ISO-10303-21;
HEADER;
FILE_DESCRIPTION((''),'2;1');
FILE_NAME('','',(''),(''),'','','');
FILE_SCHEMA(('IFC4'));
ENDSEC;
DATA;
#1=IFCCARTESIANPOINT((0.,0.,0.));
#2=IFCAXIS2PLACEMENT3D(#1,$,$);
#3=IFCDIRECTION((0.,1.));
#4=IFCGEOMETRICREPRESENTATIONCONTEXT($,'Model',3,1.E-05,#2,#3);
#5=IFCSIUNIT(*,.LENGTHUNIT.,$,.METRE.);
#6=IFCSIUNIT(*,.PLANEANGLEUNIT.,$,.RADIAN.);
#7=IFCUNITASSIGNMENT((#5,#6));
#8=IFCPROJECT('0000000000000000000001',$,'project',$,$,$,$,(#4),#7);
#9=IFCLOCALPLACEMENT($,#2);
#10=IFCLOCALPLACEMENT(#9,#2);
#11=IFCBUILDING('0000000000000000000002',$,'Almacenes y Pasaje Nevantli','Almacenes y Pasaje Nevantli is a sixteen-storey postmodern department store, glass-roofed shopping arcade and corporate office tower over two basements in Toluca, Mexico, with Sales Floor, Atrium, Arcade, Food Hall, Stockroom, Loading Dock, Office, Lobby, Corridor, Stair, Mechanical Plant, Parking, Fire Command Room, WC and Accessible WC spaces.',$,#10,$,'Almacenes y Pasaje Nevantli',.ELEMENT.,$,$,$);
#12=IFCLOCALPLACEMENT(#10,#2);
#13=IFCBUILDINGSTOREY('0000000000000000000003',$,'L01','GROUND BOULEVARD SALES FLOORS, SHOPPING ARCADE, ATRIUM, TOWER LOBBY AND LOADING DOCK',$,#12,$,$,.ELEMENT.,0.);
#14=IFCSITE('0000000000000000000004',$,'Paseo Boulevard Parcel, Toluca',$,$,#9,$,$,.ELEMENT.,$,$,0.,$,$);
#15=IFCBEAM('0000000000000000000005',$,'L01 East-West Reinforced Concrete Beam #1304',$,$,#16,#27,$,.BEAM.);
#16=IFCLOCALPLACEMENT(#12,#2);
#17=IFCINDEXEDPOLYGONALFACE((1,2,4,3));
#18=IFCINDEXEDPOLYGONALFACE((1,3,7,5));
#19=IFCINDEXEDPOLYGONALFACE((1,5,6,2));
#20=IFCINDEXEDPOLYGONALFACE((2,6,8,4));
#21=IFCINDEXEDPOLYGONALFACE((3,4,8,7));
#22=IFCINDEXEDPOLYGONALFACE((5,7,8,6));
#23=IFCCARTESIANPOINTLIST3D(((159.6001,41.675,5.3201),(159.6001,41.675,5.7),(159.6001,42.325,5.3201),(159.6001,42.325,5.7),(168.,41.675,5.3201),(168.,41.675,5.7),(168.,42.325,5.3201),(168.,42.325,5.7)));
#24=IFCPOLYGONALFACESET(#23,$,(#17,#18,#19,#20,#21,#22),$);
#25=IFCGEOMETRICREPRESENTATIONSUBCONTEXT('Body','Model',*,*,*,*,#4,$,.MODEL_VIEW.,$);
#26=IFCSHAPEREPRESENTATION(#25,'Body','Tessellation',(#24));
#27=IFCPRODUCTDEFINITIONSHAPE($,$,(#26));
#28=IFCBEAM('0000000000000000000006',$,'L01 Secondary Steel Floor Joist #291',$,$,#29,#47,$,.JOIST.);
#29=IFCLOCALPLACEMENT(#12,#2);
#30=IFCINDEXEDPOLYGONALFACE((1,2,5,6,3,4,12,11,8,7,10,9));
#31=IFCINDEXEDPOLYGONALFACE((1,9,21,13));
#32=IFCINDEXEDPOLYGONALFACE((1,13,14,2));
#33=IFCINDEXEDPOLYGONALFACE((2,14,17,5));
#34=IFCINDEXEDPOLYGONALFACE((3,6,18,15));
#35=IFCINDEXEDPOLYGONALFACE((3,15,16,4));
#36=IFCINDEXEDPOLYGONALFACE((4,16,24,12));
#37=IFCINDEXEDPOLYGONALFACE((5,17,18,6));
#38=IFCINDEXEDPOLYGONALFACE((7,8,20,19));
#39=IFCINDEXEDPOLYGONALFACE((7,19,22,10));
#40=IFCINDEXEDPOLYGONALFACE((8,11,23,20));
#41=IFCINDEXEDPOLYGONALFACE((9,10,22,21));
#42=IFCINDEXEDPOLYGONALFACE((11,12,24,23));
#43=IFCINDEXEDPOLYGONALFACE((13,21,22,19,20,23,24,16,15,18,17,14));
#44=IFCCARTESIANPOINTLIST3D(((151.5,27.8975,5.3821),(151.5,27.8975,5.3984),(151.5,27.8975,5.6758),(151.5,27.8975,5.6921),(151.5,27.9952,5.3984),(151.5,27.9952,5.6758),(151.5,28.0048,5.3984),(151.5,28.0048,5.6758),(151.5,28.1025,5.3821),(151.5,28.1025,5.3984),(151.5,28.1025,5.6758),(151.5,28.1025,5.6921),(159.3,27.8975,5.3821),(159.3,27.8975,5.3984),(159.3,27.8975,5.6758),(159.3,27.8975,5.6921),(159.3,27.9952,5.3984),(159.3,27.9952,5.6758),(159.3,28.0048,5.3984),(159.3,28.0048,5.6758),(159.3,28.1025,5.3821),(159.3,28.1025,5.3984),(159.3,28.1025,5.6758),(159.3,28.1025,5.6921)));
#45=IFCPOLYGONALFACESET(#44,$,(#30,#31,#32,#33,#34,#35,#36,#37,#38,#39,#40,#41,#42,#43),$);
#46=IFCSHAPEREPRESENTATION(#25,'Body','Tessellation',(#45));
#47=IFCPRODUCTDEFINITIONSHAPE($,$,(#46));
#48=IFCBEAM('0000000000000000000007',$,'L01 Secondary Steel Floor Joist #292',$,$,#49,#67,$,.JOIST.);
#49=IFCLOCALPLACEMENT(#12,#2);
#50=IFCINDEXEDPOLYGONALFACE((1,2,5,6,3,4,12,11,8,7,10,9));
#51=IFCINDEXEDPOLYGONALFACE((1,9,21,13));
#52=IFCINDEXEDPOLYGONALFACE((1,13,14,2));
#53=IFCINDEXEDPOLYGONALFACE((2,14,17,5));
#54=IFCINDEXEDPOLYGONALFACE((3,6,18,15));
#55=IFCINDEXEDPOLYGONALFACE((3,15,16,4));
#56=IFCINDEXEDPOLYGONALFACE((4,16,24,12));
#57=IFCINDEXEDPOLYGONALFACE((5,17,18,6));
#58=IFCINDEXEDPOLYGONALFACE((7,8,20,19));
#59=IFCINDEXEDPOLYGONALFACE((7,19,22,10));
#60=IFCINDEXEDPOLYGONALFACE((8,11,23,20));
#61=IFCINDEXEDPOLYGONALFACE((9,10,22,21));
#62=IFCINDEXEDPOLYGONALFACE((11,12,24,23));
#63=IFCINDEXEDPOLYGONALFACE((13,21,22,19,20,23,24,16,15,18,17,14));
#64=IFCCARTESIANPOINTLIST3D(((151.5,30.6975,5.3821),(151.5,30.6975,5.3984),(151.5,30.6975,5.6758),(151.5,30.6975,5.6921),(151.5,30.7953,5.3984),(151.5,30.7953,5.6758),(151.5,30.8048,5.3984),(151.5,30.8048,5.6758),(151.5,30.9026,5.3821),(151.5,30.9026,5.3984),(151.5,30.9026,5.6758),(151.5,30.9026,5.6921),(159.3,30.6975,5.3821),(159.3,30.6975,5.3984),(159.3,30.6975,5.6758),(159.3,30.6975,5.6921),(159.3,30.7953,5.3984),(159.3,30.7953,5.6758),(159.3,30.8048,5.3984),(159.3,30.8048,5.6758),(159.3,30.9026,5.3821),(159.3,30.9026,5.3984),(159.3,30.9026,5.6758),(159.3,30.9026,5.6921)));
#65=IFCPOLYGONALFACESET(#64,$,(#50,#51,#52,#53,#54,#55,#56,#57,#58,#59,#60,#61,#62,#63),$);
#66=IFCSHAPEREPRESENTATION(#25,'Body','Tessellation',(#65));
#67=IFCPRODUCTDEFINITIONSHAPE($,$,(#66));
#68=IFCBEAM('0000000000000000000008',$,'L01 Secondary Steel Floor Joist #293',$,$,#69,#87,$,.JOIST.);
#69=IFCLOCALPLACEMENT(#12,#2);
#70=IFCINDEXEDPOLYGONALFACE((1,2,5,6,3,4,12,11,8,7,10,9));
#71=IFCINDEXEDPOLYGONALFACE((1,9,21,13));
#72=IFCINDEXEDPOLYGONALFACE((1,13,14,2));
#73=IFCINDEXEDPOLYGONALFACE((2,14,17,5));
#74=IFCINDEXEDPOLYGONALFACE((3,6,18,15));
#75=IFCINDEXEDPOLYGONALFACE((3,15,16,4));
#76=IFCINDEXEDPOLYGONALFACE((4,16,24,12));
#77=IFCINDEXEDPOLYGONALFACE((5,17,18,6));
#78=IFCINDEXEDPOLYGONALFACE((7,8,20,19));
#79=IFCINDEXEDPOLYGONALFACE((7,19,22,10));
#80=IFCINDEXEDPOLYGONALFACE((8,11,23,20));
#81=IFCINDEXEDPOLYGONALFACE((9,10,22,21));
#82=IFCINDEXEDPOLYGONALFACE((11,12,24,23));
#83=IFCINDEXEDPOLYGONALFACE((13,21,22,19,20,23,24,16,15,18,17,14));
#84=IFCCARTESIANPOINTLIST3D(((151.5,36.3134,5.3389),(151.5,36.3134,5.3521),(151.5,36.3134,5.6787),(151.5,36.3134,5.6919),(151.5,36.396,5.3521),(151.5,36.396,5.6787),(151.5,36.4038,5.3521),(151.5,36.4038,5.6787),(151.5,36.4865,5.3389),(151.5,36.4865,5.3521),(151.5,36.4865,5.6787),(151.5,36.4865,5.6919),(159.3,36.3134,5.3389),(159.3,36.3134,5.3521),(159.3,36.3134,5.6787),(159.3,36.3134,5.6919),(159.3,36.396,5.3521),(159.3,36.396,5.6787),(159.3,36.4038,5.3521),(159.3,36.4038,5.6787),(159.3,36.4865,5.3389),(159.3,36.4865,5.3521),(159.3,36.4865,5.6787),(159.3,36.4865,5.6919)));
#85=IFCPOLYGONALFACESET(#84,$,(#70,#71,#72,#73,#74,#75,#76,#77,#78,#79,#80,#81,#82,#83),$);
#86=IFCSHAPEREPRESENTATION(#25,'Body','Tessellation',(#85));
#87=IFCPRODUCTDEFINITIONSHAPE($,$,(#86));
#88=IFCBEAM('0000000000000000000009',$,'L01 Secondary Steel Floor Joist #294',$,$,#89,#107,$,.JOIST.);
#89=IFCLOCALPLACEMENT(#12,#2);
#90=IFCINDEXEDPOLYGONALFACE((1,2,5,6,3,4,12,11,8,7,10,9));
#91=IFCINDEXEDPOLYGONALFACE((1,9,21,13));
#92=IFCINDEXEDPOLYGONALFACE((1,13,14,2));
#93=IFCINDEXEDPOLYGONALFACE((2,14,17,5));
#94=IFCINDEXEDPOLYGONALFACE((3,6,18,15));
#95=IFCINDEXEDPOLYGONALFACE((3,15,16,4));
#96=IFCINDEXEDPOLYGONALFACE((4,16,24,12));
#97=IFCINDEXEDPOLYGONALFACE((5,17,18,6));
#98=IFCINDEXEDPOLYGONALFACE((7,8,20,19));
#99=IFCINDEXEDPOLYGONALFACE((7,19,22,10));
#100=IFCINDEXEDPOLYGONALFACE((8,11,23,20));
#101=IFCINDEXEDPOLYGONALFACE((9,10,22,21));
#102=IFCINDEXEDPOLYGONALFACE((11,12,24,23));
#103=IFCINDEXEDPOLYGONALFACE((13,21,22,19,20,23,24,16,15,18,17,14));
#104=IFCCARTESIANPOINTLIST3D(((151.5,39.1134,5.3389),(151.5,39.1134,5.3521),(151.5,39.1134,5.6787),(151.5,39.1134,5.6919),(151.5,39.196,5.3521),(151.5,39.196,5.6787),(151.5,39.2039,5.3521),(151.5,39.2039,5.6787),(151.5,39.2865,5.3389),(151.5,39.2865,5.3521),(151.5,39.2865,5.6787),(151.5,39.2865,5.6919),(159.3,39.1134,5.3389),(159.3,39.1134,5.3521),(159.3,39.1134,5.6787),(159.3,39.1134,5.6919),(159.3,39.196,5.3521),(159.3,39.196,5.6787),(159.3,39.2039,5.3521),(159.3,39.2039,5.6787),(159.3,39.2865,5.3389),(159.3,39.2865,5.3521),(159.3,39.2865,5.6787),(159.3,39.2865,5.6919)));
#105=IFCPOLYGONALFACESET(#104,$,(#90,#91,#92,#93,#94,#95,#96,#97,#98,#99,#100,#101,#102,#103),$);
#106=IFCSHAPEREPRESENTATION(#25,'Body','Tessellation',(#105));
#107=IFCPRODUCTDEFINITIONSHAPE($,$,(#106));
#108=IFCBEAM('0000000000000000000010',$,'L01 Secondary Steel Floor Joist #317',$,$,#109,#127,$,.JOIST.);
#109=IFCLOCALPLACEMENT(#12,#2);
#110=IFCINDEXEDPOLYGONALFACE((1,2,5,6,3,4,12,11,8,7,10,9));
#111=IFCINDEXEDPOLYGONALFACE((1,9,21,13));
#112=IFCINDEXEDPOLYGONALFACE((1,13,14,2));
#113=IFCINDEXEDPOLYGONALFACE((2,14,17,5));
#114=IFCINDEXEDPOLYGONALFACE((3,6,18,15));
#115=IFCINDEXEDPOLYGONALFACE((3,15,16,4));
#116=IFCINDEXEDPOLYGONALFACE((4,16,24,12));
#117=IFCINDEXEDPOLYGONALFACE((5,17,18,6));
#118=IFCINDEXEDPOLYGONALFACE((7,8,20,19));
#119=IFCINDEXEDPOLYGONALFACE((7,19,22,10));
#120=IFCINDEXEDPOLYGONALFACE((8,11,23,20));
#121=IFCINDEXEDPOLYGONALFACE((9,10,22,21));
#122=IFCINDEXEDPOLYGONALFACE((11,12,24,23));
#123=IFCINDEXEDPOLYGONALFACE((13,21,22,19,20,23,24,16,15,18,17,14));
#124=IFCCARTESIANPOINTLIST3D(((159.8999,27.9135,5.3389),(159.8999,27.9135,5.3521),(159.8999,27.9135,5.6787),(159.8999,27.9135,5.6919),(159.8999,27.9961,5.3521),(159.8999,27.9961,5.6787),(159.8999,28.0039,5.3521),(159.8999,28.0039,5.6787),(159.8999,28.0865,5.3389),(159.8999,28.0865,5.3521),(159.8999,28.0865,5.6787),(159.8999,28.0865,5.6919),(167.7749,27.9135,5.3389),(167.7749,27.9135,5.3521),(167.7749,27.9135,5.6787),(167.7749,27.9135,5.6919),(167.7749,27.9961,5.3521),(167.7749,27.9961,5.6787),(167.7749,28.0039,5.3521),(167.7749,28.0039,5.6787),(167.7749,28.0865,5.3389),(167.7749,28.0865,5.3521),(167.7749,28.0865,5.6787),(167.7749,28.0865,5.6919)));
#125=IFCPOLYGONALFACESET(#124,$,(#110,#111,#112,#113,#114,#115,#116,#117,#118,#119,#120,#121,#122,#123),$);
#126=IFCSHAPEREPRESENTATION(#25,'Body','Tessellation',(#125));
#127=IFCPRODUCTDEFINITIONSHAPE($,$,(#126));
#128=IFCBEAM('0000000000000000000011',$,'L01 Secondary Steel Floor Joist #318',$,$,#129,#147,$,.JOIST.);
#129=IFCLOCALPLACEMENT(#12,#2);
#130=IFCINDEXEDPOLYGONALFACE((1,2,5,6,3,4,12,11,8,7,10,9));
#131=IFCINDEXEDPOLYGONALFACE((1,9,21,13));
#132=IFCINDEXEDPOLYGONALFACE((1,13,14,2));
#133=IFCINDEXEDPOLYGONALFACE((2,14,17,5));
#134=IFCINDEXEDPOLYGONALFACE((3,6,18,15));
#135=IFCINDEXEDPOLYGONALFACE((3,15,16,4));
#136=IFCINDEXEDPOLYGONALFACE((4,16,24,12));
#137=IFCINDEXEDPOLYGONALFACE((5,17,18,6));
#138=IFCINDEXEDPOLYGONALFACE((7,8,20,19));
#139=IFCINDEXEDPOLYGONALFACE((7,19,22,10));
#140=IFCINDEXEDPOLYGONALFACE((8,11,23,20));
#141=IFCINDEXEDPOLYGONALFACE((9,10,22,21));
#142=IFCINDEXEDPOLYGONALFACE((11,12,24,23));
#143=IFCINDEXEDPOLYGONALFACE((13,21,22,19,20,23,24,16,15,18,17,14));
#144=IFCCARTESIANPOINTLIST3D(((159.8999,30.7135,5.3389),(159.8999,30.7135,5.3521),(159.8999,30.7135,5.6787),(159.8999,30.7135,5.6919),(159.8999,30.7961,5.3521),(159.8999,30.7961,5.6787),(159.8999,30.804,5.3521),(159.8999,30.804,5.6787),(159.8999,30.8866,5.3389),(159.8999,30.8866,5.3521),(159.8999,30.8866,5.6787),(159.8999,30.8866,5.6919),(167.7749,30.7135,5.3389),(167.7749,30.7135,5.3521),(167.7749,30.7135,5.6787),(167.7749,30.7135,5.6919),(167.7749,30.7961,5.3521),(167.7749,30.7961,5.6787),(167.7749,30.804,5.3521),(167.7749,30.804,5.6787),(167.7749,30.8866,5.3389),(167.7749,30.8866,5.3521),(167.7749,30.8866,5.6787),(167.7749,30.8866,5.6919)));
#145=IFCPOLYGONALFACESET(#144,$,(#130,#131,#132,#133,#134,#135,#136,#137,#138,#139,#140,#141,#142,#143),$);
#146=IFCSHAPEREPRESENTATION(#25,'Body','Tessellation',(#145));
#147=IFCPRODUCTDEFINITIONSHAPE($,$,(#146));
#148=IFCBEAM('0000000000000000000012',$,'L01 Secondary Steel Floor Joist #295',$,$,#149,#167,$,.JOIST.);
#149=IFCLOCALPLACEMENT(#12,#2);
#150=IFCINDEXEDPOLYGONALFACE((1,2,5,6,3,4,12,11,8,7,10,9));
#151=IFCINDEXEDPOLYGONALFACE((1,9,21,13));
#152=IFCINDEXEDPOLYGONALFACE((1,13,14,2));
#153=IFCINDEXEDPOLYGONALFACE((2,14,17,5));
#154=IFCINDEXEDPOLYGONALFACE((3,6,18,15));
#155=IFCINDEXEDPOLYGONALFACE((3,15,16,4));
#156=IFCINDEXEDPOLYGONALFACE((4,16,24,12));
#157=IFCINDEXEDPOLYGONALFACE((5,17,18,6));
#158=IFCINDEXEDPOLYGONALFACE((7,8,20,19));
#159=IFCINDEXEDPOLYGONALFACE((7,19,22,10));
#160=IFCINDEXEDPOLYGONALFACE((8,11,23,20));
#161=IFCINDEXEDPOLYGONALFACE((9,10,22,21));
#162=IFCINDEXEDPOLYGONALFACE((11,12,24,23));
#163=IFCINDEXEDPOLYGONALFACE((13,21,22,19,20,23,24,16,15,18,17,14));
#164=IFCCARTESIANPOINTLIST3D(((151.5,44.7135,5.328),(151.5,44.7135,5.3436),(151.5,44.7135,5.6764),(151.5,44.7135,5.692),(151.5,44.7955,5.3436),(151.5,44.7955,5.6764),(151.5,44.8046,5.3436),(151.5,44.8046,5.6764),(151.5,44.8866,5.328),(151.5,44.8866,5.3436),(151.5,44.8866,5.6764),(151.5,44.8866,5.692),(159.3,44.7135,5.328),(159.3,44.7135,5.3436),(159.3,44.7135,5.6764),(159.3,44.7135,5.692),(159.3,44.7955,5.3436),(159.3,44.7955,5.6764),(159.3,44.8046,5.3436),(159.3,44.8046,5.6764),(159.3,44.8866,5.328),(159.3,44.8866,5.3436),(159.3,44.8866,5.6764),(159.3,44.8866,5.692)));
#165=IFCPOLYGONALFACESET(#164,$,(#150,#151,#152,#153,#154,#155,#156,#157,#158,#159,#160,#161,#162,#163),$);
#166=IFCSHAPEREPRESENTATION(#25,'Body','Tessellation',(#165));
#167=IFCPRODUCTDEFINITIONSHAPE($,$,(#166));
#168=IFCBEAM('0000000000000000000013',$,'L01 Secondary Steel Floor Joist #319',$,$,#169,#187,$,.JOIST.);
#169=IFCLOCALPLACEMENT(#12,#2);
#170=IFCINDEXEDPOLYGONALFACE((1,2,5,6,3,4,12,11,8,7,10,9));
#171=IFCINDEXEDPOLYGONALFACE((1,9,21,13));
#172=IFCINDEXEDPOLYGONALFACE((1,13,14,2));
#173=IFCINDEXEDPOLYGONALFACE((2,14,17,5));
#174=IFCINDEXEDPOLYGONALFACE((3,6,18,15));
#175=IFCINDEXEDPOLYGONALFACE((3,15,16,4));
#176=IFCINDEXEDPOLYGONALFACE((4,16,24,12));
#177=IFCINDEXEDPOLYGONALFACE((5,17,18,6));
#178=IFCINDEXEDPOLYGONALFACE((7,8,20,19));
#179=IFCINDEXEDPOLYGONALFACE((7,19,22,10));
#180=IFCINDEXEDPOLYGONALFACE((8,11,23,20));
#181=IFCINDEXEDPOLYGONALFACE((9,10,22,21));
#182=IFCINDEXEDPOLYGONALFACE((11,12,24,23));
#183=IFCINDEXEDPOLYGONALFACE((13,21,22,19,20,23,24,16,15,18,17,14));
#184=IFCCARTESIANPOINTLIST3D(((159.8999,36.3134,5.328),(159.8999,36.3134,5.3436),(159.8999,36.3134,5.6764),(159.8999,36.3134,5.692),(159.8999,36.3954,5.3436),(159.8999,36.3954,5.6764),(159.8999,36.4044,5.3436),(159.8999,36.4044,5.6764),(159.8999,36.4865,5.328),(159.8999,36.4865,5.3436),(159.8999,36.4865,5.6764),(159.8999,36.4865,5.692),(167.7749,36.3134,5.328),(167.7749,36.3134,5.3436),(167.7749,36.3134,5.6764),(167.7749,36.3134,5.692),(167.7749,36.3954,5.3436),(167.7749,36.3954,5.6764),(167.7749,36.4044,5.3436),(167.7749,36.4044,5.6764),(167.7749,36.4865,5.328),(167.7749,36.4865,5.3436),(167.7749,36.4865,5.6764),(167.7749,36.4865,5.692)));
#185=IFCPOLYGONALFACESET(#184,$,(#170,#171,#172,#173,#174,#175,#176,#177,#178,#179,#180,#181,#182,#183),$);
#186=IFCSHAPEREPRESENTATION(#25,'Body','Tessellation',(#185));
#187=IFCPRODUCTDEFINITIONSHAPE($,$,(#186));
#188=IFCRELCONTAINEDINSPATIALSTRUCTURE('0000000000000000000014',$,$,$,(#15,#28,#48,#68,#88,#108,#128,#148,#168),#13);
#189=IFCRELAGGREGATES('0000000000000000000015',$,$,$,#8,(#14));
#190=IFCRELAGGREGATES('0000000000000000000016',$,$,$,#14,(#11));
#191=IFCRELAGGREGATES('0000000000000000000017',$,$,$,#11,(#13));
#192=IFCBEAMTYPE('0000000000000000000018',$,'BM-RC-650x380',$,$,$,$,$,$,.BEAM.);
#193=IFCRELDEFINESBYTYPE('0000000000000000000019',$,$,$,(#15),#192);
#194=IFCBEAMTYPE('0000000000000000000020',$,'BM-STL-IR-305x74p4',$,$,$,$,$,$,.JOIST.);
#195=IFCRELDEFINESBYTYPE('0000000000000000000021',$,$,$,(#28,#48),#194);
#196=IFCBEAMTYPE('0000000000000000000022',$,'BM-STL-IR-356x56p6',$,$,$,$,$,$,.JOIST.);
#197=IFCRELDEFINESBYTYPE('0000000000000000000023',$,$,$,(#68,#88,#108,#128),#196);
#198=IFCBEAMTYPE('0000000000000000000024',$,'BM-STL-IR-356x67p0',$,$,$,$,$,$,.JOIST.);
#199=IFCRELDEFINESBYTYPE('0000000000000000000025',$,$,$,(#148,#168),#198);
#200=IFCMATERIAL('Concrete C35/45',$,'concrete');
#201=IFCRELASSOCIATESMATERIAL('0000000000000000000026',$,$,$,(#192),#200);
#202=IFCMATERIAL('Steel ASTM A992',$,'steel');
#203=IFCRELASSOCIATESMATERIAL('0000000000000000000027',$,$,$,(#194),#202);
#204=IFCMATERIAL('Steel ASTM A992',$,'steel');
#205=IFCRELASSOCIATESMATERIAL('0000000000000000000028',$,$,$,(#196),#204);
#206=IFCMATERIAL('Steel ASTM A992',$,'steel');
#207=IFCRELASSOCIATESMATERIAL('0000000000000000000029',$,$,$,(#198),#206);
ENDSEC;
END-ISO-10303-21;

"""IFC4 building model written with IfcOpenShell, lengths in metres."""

from ifc_helpers import new_model, si_unit, direction, frame, origin, origin_2d, place, context, subcontext, project, spatial, rectangle, i_section, extrude, material, material_profile, profile_set, type_object, element, save


model = new_model("IFC4")

# Units and contexts
model_context = context("Model", 3, precision=1e-05, world=origin(), true_north=direction((0.0, 1.0)))
body_context = subcontext(model_context, "Body", "Model", "MODEL_VIEW")
ifc_project = project(units=[si_unit("LENGTHUNIT", "METRE"), si_unit("PLANEANGLEUNIT", "RADIAN")], contexts=[model_context])

# Site, building, storey
site_placement = place(None, origin())
site = spatial("IfcSite", under=ifc_project, at=site_placement, Name="Paseo Boulevard Parcel, Toluca", CompositionType="ELEMENT", RefElevation=0.0)
building_placement = place(site_placement, origin())
building = spatial("IfcBuilding", under=site, at=building_placement, Name="Almacenes y Pasaje Nevantli", Description="Almacenes y Pasaje Nevantli is a sixteen-storey postmodern department store, glass-roofed shopping arcade and corporate office tower over two basements in Toluca, Mexico, with Sales Floor, Atrium, Arcade, Food Hall, Stockroom, Loading Dock, Office, Lobby, Corridor, Stair, Mechanical Plant, Parking, Fire Command Room, WC and Accessible WC spaces.", LongName="Almacenes y Pasaje Nevantli", CompositionType="ELEMENT")
storey_placement = place(building_placement, origin())
storey = spatial("IfcBuildingStorey", under=building, at=storey_placement, Name="L01", Description="GROUND BOULEVARD SALES FLOORS, SHOPPING ARCADE, ATRIUM, TOWER LOBBY AND LOADING DOCK", CompositionType="ELEMENT", Elevation=0.0)

# Beams
ifc_material_1 = material(Name="Concrete C35/45", Category="concrete")
ifc_material_profile_1 = material_profile(ifc_material_1, rectangle(XDim=0.6499, YDim=0.3799, at=origin_2d()), Name="RC-BM-650x380")
ifc_profile_set_1 = profile_set([ifc_material_profile_1], Name="Concrete C35/45")
beam_type_1 = type_object("IfcBeamType", Name="BM-RC-650x380", PredefinedType="BEAM", material=ifc_profile_set_1)
beam_1_placement = place(storey_placement, frame((159.6001, 42.0, 5.51), z_axis=(1.0, 0.0, 0.0), x_axis=(0.0, 1.0, 0.0)))
element("IfcBeam", 1, at=beam_1_placement, inside=storey, type_object=beam_type_1, Name="L01 East-West Reinforced Concrete Beam #1304", PredefinedType="BEAM", context=body_context, shape_type="SweptSolid", body=[
    extrude(rectangle(XDim=0.6499, YDim=0.3799, at=origin_2d()), origin(), (0.0, 0.0, 1.0), 8.3999),
])
ifc_material_2 = material(Name="Steel ASTM A992", Category="steel")
ifc_material_profile_2 = material_profile(ifc_material_2, i_section(OverallWidth=0.2051, OverallDepth=0.3101, WebThickness=0.0095, FlangeThickness=0.0164, at=origin_2d()), Name="IR 305x74.4")
ifc_profile_set_2 = profile_set([ifc_material_profile_2], Name="Steel ASTM A992")
beam_type_2 = type_object("IfcBeamType", Name="BM-STL-IR-305x74p4", PredefinedType="JOIST", material=ifc_profile_set_2)
for number, where, z_axis, x_axis, name in (
    (2, (151.5, 28.0, 5.5371), (1.0, 0.0, 0.0), (0.0, 1.0, 0.0), "L01 Secondary Steel Floor Joist #291"),
    (3, (151.5, 30.8, 5.5371), (1.0, 0.0, 0.0), (0.0, 1.0, 0.0), "L01 Secondary Steel Floor Joist #292"),
):
    element("IfcBeam", number, at=place(storey_placement, frame(where, z_axis=z_axis, x_axis=x_axis)), inside=storey, type_object=beam_type_2, Name=name, PredefinedType="JOIST", context=body_context, shape_type="SweptSolid", body=[
        extrude(i_section(OverallWidth=0.2051, OverallDepth=0.3101, WebThickness=0.0095, FlangeThickness=0.0164, at=origin_2d()), origin(), (0.0, 0.0, 1.0), 7.8),
    ])
ifc_material_3 = material(Name="Steel ASTM A992", Category="steel")
ifc_material_profile_3 = material_profile(ifc_material_3, i_section(OverallWidth=0.1731, OverallDepth=0.353, WebThickness=0.0078, FlangeThickness=0.0132, at=origin_2d()), Name="IR 356x56.6")
ifc_profile_set_3 = profile_set([ifc_material_profile_3], Name="Steel ASTM A992")
beam_type_3 = type_object("IfcBeamType", Name="BM-STL-IR-356x56p6", PredefinedType="JOIST", material=ifc_profile_set_3)
for number, where, z_axis, x_axis, name in (
    (4, (151.5, 36.3999, 5.5154), (1.0, 0.0, 0.0), (0.0, 1.0, 0.0), "L01 Secondary Steel Floor Joist #293"),
    (5, (151.5, 39.2, 5.5154), (1.0, 0.0, 0.0), (0.0, 1.0, 0.0), "L01 Secondary Steel Floor Joist #294"),
):
    element("IfcBeam", number, at=place(storey_placement, frame(where, z_axis=z_axis, x_axis=x_axis)), inside=storey, type_object=beam_type_3, Name=name, PredefinedType="JOIST", context=body_context, shape_type="SweptSolid", body=[
        extrude(i_section(OverallWidth=0.1731, OverallDepth=0.353, WebThickness=0.0078, FlangeThickness=0.0132, at=origin_2d()), origin(), (0.0, 0.0, 1.0), 7.8),
    ])
for number, where, z_axis, x_axis, name in (
    (6, (159.8999, 28.0, 5.5154), (1.0, 0.0, 0.0), (0.0, 1.0, 0.0), "L01 Secondary Steel Floor Joist #317"),
    (7, (159.8999, 30.8, 5.5154), (1.0, 0.0, 0.0), (0.0, 1.0, 0.0), "L01 Secondary Steel Floor Joist #318"),
):
    element("IfcBeam", number, at=place(storey_placement, frame(where, z_axis=z_axis, x_axis=x_axis)), inside=storey, type_object=beam_type_3, Name=name, PredefinedType="JOIST", context=body_context, shape_type="SweptSolid", body=[
        extrude(i_section(OverallWidth=0.1731, OverallDepth=0.353, WebThickness=0.0078, FlangeThickness=0.0132, at=origin_2d()), origin(), (0.0, 0.0, 1.0), 7.875),
    ])
ifc_material_4 = material(Name="Steel ASTM A992", Category="steel")
ifc_material_profile_4 = material_profile(ifc_material_4, i_section(OverallWidth=0.1731, OverallDepth=0.364, WebThickness=0.009, FlangeThickness=0.0156, at=origin_2d()), Name="IR 356x67.0")
ifc_profile_set_4 = profile_set([ifc_material_profile_4], Name="Steel ASTM A992")
beam_type_4 = type_object("IfcBeamType", Name="BM-STL-IR-356x67p0", PredefinedType="JOIST", material=ifc_profile_set_4)
beam_2_placement = place(storey_placement, frame((151.5, 44.8, 5.51), z_axis=(1.0, 0.0, 0.0), x_axis=(0.0, 1.0, 0.0)))
element("IfcBeam", 8, at=beam_2_placement, inside=storey, type_object=beam_type_4, Name="L01 Secondary Steel Floor Joist #295", PredefinedType="JOIST", context=body_context, shape_type="SweptSolid", body=[
    extrude(i_section(OverallWidth=0.1731, OverallDepth=0.364, WebThickness=0.009, FlangeThickness=0.0156, at=origin_2d()), origin(), (0.0, 0.0, 1.0), 7.8),
])
for number, where, z_axis, x_axis, name in (
    (9, (159.8999, 36.3999, 5.51), (1.0, 0.0, 0.0), (0.0, 1.0, 0.0), "L01 Secondary Steel Floor Joist #319"),
):
    element("IfcBeam", number, at=place(storey_placement, frame(where, z_axis=z_axis, x_axis=x_axis)), inside=storey, type_object=beam_type_4, Name=name, PredefinedType="JOIST", context=body_context, shape_type="SweptSolid", body=[
        extrude(i_section(OverallWidth=0.1731, OverallDepth=0.364, WebThickness=0.009, FlangeThickness=0.0156, at=origin_2d()), origin(), (0.0, 0.0, 1.0), 7.875),
    ])

save(model, "model.ifc")
